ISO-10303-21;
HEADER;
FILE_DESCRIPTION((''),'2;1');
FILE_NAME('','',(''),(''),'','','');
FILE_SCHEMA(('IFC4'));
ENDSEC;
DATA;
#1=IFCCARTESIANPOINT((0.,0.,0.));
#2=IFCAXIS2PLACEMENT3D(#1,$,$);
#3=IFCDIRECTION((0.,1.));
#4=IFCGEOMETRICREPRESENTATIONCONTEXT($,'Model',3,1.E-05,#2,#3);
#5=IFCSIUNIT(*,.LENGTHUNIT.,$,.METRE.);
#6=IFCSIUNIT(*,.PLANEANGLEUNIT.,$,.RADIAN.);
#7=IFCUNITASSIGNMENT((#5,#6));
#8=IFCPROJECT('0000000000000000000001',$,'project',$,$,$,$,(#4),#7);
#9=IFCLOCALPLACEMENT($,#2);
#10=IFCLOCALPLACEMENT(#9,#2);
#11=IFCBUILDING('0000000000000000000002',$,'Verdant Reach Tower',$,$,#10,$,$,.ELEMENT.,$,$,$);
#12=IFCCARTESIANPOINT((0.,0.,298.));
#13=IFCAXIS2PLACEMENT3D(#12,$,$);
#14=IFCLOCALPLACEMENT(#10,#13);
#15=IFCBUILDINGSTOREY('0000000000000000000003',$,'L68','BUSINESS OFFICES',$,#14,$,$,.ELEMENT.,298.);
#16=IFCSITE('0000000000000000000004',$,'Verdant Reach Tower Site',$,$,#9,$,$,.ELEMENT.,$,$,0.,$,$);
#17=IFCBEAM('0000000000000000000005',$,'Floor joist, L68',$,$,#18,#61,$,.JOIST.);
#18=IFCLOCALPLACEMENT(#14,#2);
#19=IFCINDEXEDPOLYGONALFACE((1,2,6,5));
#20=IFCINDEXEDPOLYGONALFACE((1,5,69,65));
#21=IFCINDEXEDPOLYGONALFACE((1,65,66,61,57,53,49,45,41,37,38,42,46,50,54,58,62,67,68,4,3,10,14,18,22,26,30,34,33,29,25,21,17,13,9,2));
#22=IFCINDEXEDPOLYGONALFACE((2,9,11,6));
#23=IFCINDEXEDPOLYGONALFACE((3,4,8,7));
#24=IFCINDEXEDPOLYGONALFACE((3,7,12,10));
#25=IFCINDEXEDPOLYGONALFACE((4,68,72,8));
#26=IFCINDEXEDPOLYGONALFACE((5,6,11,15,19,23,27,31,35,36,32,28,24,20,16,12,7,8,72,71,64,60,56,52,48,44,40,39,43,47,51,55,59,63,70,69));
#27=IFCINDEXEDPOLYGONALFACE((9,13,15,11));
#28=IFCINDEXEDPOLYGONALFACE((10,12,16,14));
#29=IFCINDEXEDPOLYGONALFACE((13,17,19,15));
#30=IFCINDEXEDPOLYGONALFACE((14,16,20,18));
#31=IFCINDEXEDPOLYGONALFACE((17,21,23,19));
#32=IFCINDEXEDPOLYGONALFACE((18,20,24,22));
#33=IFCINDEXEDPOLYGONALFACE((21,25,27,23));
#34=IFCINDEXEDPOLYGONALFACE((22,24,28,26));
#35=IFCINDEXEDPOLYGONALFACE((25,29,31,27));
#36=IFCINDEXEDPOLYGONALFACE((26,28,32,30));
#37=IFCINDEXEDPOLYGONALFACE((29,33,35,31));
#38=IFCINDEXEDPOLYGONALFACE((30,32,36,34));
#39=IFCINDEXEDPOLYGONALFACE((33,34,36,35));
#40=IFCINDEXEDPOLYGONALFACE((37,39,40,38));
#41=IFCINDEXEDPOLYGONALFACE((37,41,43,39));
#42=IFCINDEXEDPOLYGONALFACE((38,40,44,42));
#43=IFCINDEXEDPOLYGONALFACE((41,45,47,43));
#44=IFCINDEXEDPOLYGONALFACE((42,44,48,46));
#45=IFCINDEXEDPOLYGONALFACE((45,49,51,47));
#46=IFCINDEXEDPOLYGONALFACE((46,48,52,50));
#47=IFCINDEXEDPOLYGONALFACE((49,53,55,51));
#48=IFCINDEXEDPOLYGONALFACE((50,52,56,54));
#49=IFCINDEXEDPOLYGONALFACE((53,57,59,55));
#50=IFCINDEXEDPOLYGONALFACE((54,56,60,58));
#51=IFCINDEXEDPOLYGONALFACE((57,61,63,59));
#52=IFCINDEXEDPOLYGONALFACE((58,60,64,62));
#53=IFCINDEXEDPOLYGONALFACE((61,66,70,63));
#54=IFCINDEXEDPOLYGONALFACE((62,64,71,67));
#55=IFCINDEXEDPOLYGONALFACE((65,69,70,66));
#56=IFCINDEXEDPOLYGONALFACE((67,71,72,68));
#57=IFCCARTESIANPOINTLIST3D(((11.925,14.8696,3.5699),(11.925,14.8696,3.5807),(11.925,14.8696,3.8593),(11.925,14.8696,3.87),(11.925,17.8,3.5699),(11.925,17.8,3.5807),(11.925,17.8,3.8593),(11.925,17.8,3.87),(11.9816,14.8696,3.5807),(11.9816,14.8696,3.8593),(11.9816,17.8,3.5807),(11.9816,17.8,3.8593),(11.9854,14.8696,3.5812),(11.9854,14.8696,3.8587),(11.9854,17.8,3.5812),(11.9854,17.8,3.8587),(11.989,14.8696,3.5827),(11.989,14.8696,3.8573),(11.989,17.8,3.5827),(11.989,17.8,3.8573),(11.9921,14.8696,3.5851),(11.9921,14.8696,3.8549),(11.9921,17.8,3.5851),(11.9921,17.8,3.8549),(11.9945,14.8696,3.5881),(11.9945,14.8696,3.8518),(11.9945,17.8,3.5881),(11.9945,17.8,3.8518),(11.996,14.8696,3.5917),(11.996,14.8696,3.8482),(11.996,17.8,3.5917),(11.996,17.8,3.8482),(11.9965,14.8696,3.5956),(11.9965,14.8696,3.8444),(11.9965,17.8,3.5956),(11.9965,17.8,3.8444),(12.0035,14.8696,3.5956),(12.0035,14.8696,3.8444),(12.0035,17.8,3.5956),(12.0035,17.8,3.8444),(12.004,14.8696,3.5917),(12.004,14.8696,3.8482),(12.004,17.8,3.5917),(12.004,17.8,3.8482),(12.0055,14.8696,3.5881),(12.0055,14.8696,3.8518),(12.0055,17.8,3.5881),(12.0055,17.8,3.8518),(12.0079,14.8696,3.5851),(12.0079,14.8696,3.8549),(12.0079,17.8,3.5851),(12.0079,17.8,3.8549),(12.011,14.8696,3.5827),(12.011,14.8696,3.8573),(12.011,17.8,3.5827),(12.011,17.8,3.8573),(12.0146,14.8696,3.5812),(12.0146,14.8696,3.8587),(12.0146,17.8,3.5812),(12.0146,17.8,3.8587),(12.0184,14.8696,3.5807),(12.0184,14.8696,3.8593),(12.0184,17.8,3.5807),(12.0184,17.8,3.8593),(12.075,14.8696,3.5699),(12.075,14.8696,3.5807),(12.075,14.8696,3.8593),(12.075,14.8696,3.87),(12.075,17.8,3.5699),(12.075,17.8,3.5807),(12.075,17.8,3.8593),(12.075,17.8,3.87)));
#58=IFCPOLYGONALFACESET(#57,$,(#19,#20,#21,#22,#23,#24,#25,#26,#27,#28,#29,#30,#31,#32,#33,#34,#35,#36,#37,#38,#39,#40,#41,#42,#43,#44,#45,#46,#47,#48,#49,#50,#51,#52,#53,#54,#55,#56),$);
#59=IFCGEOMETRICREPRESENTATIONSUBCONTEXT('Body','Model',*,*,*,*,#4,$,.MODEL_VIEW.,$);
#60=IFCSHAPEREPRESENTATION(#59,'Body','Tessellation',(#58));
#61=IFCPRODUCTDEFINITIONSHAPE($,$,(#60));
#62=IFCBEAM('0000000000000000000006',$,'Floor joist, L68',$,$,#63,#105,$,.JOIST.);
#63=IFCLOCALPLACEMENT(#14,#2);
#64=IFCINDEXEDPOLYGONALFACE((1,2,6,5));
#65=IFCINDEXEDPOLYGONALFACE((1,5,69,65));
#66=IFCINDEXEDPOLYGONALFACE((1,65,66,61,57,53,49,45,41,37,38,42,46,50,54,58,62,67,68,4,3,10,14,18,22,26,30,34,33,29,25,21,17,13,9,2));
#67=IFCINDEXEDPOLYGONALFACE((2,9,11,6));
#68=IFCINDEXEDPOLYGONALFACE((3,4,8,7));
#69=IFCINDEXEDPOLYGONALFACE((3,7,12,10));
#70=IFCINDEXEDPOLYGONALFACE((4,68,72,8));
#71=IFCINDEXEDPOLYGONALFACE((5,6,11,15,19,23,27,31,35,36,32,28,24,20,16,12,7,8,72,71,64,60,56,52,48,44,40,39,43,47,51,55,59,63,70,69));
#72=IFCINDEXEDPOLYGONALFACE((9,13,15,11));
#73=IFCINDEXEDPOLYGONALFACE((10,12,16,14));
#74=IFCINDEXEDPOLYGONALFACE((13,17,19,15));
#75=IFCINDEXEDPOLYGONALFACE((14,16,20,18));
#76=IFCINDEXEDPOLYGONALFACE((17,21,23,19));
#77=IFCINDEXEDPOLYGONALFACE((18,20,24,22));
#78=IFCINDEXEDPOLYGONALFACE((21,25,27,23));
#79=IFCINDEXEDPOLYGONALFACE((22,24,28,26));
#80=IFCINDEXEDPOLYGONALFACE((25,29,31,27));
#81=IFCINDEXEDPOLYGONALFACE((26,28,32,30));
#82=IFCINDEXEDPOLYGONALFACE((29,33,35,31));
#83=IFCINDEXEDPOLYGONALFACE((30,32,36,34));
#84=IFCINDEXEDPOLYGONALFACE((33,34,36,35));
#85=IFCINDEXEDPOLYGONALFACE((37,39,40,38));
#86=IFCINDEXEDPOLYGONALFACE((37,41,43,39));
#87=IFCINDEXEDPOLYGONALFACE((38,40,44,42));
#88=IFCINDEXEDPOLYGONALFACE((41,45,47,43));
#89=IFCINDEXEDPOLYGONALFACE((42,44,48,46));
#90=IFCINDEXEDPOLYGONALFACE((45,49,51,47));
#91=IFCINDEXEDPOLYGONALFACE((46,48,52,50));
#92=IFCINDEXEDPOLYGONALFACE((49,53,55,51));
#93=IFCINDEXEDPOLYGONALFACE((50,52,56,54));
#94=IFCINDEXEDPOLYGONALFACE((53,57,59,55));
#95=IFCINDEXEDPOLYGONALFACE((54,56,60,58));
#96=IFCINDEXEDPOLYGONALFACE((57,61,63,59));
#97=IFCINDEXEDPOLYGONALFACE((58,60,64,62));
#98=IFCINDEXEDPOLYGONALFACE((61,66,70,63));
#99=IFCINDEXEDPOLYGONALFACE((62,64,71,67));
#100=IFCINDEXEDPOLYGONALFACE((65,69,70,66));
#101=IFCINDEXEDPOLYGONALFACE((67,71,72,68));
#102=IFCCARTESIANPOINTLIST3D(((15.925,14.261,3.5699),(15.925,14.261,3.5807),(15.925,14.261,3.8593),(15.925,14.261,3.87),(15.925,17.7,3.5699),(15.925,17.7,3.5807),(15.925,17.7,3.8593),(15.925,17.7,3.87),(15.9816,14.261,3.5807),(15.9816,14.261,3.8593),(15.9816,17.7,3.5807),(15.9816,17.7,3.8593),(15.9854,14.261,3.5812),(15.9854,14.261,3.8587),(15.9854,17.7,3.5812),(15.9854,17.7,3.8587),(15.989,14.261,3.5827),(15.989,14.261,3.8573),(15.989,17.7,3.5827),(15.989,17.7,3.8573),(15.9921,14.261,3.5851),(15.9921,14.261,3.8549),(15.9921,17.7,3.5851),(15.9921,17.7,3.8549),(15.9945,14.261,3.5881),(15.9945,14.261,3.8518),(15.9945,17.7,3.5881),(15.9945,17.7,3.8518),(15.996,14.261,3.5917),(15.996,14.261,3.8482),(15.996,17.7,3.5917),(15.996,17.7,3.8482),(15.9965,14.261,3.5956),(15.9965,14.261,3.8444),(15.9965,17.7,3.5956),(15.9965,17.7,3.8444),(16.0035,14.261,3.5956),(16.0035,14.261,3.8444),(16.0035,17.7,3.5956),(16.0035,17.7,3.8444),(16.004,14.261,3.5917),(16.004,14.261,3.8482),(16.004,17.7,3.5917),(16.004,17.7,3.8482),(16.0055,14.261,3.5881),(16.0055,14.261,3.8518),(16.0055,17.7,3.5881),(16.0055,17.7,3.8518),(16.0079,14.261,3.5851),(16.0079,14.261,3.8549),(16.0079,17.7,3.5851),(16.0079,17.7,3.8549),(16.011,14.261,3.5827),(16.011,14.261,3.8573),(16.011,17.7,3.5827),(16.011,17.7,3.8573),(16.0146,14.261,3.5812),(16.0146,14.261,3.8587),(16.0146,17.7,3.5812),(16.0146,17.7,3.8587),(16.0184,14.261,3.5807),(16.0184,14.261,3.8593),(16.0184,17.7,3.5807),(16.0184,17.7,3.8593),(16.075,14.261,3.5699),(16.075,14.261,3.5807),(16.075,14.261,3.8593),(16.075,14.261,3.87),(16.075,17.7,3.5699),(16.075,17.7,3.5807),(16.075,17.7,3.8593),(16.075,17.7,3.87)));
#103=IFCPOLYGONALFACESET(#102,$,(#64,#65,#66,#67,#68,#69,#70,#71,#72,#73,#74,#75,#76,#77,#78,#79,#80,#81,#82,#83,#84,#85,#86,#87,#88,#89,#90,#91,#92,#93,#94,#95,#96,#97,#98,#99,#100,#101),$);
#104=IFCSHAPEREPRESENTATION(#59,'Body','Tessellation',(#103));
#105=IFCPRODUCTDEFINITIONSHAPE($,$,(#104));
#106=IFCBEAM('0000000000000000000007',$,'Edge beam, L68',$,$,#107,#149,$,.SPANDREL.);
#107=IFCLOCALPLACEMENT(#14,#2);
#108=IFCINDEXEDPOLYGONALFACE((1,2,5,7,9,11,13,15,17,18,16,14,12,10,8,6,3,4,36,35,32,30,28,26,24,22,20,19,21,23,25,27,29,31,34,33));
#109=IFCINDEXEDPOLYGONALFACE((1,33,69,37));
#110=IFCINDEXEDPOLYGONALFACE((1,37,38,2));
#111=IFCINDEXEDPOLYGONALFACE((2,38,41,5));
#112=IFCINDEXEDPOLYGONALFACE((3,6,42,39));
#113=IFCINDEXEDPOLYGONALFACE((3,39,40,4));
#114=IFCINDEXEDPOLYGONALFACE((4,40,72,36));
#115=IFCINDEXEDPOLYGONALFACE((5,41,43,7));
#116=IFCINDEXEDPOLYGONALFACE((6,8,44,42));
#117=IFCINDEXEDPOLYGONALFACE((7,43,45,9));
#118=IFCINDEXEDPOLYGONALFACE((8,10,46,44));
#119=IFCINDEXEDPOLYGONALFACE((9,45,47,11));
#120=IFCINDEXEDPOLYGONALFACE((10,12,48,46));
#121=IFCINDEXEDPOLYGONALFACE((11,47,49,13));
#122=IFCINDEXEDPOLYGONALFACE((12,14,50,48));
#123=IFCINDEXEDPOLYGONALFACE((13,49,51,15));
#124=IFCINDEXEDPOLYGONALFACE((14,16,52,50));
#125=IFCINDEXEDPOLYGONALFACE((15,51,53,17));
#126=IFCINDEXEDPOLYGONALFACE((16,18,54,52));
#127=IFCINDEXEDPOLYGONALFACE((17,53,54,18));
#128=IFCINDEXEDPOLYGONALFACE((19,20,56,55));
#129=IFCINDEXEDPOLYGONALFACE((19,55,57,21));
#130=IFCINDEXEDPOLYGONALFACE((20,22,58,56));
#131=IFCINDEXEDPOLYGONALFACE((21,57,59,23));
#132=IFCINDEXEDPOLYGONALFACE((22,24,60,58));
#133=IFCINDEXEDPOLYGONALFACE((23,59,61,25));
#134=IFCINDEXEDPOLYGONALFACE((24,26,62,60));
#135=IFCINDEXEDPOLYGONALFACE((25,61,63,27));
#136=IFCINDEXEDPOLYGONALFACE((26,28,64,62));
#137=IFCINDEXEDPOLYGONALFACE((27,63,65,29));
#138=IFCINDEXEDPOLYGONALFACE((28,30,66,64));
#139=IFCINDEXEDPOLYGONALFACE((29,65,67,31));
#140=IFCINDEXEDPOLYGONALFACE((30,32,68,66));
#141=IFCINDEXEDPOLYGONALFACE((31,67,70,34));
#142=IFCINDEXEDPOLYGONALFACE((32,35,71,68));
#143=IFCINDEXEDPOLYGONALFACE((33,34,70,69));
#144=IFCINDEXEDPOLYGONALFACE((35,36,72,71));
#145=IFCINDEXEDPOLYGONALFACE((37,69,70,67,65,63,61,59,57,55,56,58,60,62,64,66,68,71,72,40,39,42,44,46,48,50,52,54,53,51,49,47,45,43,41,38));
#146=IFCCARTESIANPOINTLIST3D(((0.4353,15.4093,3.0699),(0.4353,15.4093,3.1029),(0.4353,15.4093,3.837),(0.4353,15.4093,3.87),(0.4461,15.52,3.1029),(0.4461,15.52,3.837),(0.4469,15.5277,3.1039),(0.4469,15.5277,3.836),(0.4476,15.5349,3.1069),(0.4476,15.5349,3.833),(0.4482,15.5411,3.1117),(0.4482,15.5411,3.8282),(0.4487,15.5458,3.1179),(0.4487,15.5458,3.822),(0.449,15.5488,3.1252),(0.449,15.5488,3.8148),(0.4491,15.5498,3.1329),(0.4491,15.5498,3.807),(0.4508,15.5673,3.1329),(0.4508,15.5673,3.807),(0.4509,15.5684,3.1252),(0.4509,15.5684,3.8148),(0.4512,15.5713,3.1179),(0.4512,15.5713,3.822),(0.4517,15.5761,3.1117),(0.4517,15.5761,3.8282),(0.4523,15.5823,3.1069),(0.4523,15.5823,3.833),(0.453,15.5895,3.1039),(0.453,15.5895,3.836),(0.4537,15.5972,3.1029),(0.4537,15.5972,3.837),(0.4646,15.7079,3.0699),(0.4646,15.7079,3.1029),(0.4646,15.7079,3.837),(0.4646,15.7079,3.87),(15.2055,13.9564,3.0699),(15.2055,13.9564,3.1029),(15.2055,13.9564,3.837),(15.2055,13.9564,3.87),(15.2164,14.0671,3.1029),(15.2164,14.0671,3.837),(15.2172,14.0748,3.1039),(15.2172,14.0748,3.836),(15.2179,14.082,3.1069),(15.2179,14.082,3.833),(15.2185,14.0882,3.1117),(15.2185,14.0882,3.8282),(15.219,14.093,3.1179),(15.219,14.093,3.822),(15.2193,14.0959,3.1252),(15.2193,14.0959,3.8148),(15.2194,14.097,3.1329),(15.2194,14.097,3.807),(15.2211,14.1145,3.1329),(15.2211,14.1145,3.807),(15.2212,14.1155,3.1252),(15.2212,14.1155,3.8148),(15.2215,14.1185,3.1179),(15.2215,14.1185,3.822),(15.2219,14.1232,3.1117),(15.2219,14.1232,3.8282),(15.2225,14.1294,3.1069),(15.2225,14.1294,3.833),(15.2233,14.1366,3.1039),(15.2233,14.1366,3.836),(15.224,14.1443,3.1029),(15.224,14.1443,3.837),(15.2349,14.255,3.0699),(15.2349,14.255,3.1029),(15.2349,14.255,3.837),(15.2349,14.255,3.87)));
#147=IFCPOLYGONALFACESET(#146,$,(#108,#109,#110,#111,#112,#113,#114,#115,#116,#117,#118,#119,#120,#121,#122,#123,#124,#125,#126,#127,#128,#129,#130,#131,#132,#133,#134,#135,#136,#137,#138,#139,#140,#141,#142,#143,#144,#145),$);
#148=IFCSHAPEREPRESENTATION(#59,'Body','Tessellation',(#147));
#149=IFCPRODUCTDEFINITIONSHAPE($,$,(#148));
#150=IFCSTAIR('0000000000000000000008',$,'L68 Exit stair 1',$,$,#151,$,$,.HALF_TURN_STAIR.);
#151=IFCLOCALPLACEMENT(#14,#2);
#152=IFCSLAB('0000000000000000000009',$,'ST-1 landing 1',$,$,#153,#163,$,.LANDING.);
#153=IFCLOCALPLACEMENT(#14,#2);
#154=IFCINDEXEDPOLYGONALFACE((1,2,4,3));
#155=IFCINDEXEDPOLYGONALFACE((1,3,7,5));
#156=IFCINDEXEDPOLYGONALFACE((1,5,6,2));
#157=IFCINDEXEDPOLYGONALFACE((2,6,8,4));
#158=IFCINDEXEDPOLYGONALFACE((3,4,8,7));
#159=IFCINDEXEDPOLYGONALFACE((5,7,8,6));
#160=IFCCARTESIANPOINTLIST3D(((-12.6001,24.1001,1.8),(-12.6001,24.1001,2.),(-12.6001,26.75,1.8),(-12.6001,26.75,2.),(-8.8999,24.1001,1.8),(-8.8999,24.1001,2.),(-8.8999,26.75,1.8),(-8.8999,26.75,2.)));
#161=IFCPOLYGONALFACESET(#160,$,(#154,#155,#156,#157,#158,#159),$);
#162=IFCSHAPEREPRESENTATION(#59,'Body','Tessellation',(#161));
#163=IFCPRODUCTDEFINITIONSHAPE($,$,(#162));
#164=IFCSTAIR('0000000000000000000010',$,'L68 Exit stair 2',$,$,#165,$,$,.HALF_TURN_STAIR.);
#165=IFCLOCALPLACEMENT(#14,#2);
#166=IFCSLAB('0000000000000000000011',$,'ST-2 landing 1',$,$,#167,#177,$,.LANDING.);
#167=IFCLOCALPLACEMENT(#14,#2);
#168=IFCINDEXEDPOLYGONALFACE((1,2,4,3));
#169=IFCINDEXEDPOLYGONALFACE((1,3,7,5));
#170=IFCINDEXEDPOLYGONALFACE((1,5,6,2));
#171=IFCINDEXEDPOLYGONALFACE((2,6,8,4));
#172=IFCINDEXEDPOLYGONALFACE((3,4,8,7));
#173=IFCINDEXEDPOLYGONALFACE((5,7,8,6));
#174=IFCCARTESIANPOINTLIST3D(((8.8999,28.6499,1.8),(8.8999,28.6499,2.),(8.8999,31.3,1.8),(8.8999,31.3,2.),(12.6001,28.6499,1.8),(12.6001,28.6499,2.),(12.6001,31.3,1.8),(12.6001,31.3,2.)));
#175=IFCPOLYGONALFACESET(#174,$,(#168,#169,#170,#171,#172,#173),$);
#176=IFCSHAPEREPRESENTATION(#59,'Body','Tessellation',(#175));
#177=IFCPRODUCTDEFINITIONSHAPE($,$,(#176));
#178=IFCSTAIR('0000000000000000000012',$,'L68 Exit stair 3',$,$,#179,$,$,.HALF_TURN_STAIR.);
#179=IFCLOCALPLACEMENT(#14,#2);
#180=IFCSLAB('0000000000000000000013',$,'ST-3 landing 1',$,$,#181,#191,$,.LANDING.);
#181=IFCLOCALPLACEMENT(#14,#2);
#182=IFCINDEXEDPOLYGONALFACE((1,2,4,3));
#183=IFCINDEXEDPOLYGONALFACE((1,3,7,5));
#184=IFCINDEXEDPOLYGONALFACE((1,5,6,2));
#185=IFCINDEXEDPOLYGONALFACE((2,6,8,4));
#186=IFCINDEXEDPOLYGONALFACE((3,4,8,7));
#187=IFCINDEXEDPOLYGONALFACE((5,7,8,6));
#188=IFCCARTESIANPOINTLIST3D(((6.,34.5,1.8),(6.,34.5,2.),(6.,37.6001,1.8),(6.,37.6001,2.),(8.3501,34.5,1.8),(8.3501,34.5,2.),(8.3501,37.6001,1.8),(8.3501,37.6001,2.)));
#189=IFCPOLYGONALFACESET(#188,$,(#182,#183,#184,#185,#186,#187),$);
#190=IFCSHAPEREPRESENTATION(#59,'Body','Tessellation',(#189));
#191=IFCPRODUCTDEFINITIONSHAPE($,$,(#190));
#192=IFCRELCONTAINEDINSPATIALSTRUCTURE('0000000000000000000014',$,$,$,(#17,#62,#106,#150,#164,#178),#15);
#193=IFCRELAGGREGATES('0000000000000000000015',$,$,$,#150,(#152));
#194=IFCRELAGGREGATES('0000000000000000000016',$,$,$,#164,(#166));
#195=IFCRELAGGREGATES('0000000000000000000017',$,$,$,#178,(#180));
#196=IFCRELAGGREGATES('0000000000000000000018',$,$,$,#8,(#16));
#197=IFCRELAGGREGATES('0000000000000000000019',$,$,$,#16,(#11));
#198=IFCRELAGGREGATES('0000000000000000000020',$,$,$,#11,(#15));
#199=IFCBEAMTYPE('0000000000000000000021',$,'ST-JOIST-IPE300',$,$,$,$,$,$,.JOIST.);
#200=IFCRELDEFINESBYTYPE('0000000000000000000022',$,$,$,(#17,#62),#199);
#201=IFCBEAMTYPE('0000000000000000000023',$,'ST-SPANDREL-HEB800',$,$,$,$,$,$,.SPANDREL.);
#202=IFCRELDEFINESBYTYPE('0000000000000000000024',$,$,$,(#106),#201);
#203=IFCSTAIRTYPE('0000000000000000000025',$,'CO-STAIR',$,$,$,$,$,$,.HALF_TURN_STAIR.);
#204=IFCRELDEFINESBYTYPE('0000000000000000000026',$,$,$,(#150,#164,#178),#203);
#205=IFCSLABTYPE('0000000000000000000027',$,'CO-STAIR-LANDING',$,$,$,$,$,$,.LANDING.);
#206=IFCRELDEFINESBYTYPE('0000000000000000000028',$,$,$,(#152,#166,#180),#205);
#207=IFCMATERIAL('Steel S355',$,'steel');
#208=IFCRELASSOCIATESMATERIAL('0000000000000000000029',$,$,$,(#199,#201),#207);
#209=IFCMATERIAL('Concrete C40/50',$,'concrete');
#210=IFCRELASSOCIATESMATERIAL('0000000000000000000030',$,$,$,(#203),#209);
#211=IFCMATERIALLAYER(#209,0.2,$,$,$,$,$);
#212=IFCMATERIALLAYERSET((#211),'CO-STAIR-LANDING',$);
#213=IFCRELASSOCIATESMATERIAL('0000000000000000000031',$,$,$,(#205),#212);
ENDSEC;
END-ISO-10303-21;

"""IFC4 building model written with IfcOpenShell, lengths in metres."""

from ifc_helpers import new_model, si_unit, direction, frame, origin, origin_2d, place, context, subcontext, project, spatial, polyline, i_section, outline, extrude, material, layer, layer_set, material_profile, profile_set, type_object, element, aggregate, save


model = new_model("IFC4")

# Units and contexts
model_context = context("Model", 3, precision=1e-05, world=origin(), true_north=direction((0.0, 1.0)))
body_context = subcontext(model_context, "Body", "Model", "MODEL_VIEW")
ifc_project = project(units=[si_unit("LENGTHUNIT", "METRE"), si_unit("PLANEANGLEUNIT", "RADIAN")], contexts=[model_context])

# Site, building, storey
site_placement = place(None, origin())
site = spatial("IfcSite", under=ifc_project, at=site_placement, Name="Verdant Reach Tower Site", CompositionType="ELEMENT", RefElevation=0.0)
building_placement = place(site_placement, origin())
building = spatial("IfcBuilding", under=site, at=building_placement, Name="Verdant Reach Tower", CompositionType="ELEMENT")
storey_placement = place(building_placement, frame((0.0, 0.0, 298.0)))
storey = spatial("IfcBuildingStorey", under=building, at=storey_placement, Name="L68", Description="BUSINESS OFFICES", CompositionType="ELEMENT", Elevation=298.0)

# Beams
ifc_material_1 = material(Name="Steel S355", Category="steel")
ifc_material_profile_1 = material_profile(ifc_material_1, i_section(OverallWidth=0.1499, OverallDepth=0.3, WebThickness=0.0071, FlangeThickness=0.0107, FilletRadius=0.0149, at=origin_2d()), Name="IPE 300")
ifc_profile_set_1 = profile_set([ifc_material_profile_1], Name="Steel S355")
beam_type_1 = type_object("IfcBeamType", Name="ST-JOIST-IPE300", PredefinedType="JOIST", material=ifc_profile_set_1)
beam_1_placement = place(storey_placement, frame((12.0, 17.8, 3.72), z_axis=(0.0, -1.0, 0.0), x_axis=(1.0, 0.0, 0.0)))
element("IfcBeam", 1, at=beam_1_placement, inside=storey, type_object=beam_type_1, Name="Floor joist, L68", PredefinedType="JOIST", context=body_context, shape_type="SweptSolid", body=[
    extrude(i_section(OverallWidth=0.1499, OverallDepth=0.3, WebThickness=0.0071, FlangeThickness=0.0107, FilletRadius=0.0149, at=origin_2d()), origin(), (0.0, 0.0, 1.0), 2.9304),
])
beam_2_placement = place(storey_placement, frame((16.0, 17.7, 3.72), z_axis=(0.0, -1.0, 0.0), x_axis=(1.0, 0.0, 0.0)))
element("IfcBeam", 2, at=beam_2_placement, inside=storey, type_object=beam_type_1, Name="Floor joist, L68", PredefinedType="JOIST", context=body_context, shape_type="SweptSolid", body=[
    extrude(i_section(OverallWidth=0.1499, OverallDepth=0.3, WebThickness=0.0071, FlangeThickness=0.0107, FilletRadius=0.0149, at=origin_2d()), origin(), (0.0, 0.0, 1.0), 3.439),
])
ifc_material_profile_2 = material_profile(ifc_material_1, i_section(OverallWidth=0.3, OverallDepth=0.8, WebThickness=0.0176, FlangeThickness=0.033, FilletRadius=0.03, at=origin_2d()), Name="HEB 800")
ifc_profile_set_2 = profile_set([ifc_material_profile_2], Name="Steel S355")
beam_type_2 = type_object("IfcBeamType", Name="ST-SPANDREL-HEB800", PredefinedType="SPANDREL", material=ifc_profile_set_2)
beam_3_placement = place(storey_placement, frame((15.2202, 14.1057, 3.47), z_axis=(-0.995197, 0.097893, 0.0), x_axis=(-0.097893, -0.995197, 0.0)))
element("IfcBeam", 3, at=beam_3_placement, inside=storey, type_object=beam_type_2, Name="Edge beam, L68", PredefinedType="SPANDREL", context=body_context, shape_type="SweptSolid", body=[
    extrude(i_section(OverallWidth=0.3, OverallDepth=0.8, WebThickness=0.0176, FlangeThickness=0.033, FilletRadius=0.03, at=origin_2d()), origin(), (0.0, 0.0, 1.0), 14.8416),
])

# Stairs, slabs
ifc_material_2 = material(Name="Concrete C40/50", Category="concrete")
stair_type = type_object("IfcStairType", Name="CO-STAIR", PredefinedType="HALF_TURN_STAIR", material=ifc_material_2)
stair_1_placement = place(storey_placement, origin())
stair_1 = element("IfcStair", 4, at=stair_1_placement, inside=storey, type_object=stair_type, Name="L68 Exit stair 1", PredefinedType="HALF_TURN_STAIR")
ifc_layer_1 = layer(ifc_material_2, 0.2)
ifc_layer_set_1 = layer_set([ifc_layer_1], Name="CO-STAIR-LANDING")
slab_type_1 = type_object("IfcSlabType", Name="CO-STAIR-LANDING", PredefinedType="LANDING", material=ifc_layer_set_1)
slab_1_placement = place(storey_placement, frame((0.0, 0.0, 1.8)))
slab_1 = element("IfcSlab", 5, at=slab_1_placement, type_object=slab_type_1, Name="ST-1 landing 1", PredefinedType="LANDING", context=body_context, shape_type="SweptSolid", body=[
    extrude(outline(polyline([(-12.6001, 26.75), (-12.6001, 24.1001), (-8.8999, 24.1001), (-8.8999, 26.75), (-12.6001, 26.75)])), origin(), (0.0, 0.0, 1.0), 0.2),
])
aggregate(stair_1, [slab_1])
stair_2_placement = place(storey_placement, origin())
stair_2 = element("IfcStair", 6, at=stair_2_placement, inside=storey, type_object=stair_type, Name="L68 Exit stair 2", PredefinedType="HALF_TURN_STAIR")
slab_2_placement = place(storey_placement, frame((0.0, 0.0, 1.8)))
slab_2 = element("IfcSlab", 7, at=slab_2_placement, type_object=slab_type_1, Name="ST-2 landing 1", PredefinedType="LANDING", context=body_context, shape_type="SweptSolid", body=[
    extrude(outline(polyline([(12.6001, 28.6499), (12.6001, 31.3), (8.8999, 31.3), (8.8999, 28.6499), (12.6001, 28.6499)])), origin(), (0.0, 0.0, 1.0), 0.2),
])
aggregate(stair_2, [slab_2])
stair_3_placement = place(storey_placement, origin())
stair_3 = element("IfcStair", 8, at=stair_3_placement, inside=storey, type_object=stair_type, Name="L68 Exit stair 3", PredefinedType="HALF_TURN_STAIR")
slab_3_placement = place(storey_placement, frame((0.0, 0.0, 1.8)))
slab_3 = element("IfcSlab", 9, at=slab_3_placement, type_object=slab_type_1, Name="ST-3 landing 1", PredefinedType="LANDING", context=body_context, shape_type="SweptSolid", body=[
    extrude(outline(polyline([(8.3501, 37.6001), (6.0, 37.6001), (6.0, 34.5), (8.3501, 34.5), (8.3501, 37.6001)])), origin(), (0.0, 0.0, 1.0), 0.2),
])
aggregate(stair_3, [slab_3])

save(model, "model.ifc")
